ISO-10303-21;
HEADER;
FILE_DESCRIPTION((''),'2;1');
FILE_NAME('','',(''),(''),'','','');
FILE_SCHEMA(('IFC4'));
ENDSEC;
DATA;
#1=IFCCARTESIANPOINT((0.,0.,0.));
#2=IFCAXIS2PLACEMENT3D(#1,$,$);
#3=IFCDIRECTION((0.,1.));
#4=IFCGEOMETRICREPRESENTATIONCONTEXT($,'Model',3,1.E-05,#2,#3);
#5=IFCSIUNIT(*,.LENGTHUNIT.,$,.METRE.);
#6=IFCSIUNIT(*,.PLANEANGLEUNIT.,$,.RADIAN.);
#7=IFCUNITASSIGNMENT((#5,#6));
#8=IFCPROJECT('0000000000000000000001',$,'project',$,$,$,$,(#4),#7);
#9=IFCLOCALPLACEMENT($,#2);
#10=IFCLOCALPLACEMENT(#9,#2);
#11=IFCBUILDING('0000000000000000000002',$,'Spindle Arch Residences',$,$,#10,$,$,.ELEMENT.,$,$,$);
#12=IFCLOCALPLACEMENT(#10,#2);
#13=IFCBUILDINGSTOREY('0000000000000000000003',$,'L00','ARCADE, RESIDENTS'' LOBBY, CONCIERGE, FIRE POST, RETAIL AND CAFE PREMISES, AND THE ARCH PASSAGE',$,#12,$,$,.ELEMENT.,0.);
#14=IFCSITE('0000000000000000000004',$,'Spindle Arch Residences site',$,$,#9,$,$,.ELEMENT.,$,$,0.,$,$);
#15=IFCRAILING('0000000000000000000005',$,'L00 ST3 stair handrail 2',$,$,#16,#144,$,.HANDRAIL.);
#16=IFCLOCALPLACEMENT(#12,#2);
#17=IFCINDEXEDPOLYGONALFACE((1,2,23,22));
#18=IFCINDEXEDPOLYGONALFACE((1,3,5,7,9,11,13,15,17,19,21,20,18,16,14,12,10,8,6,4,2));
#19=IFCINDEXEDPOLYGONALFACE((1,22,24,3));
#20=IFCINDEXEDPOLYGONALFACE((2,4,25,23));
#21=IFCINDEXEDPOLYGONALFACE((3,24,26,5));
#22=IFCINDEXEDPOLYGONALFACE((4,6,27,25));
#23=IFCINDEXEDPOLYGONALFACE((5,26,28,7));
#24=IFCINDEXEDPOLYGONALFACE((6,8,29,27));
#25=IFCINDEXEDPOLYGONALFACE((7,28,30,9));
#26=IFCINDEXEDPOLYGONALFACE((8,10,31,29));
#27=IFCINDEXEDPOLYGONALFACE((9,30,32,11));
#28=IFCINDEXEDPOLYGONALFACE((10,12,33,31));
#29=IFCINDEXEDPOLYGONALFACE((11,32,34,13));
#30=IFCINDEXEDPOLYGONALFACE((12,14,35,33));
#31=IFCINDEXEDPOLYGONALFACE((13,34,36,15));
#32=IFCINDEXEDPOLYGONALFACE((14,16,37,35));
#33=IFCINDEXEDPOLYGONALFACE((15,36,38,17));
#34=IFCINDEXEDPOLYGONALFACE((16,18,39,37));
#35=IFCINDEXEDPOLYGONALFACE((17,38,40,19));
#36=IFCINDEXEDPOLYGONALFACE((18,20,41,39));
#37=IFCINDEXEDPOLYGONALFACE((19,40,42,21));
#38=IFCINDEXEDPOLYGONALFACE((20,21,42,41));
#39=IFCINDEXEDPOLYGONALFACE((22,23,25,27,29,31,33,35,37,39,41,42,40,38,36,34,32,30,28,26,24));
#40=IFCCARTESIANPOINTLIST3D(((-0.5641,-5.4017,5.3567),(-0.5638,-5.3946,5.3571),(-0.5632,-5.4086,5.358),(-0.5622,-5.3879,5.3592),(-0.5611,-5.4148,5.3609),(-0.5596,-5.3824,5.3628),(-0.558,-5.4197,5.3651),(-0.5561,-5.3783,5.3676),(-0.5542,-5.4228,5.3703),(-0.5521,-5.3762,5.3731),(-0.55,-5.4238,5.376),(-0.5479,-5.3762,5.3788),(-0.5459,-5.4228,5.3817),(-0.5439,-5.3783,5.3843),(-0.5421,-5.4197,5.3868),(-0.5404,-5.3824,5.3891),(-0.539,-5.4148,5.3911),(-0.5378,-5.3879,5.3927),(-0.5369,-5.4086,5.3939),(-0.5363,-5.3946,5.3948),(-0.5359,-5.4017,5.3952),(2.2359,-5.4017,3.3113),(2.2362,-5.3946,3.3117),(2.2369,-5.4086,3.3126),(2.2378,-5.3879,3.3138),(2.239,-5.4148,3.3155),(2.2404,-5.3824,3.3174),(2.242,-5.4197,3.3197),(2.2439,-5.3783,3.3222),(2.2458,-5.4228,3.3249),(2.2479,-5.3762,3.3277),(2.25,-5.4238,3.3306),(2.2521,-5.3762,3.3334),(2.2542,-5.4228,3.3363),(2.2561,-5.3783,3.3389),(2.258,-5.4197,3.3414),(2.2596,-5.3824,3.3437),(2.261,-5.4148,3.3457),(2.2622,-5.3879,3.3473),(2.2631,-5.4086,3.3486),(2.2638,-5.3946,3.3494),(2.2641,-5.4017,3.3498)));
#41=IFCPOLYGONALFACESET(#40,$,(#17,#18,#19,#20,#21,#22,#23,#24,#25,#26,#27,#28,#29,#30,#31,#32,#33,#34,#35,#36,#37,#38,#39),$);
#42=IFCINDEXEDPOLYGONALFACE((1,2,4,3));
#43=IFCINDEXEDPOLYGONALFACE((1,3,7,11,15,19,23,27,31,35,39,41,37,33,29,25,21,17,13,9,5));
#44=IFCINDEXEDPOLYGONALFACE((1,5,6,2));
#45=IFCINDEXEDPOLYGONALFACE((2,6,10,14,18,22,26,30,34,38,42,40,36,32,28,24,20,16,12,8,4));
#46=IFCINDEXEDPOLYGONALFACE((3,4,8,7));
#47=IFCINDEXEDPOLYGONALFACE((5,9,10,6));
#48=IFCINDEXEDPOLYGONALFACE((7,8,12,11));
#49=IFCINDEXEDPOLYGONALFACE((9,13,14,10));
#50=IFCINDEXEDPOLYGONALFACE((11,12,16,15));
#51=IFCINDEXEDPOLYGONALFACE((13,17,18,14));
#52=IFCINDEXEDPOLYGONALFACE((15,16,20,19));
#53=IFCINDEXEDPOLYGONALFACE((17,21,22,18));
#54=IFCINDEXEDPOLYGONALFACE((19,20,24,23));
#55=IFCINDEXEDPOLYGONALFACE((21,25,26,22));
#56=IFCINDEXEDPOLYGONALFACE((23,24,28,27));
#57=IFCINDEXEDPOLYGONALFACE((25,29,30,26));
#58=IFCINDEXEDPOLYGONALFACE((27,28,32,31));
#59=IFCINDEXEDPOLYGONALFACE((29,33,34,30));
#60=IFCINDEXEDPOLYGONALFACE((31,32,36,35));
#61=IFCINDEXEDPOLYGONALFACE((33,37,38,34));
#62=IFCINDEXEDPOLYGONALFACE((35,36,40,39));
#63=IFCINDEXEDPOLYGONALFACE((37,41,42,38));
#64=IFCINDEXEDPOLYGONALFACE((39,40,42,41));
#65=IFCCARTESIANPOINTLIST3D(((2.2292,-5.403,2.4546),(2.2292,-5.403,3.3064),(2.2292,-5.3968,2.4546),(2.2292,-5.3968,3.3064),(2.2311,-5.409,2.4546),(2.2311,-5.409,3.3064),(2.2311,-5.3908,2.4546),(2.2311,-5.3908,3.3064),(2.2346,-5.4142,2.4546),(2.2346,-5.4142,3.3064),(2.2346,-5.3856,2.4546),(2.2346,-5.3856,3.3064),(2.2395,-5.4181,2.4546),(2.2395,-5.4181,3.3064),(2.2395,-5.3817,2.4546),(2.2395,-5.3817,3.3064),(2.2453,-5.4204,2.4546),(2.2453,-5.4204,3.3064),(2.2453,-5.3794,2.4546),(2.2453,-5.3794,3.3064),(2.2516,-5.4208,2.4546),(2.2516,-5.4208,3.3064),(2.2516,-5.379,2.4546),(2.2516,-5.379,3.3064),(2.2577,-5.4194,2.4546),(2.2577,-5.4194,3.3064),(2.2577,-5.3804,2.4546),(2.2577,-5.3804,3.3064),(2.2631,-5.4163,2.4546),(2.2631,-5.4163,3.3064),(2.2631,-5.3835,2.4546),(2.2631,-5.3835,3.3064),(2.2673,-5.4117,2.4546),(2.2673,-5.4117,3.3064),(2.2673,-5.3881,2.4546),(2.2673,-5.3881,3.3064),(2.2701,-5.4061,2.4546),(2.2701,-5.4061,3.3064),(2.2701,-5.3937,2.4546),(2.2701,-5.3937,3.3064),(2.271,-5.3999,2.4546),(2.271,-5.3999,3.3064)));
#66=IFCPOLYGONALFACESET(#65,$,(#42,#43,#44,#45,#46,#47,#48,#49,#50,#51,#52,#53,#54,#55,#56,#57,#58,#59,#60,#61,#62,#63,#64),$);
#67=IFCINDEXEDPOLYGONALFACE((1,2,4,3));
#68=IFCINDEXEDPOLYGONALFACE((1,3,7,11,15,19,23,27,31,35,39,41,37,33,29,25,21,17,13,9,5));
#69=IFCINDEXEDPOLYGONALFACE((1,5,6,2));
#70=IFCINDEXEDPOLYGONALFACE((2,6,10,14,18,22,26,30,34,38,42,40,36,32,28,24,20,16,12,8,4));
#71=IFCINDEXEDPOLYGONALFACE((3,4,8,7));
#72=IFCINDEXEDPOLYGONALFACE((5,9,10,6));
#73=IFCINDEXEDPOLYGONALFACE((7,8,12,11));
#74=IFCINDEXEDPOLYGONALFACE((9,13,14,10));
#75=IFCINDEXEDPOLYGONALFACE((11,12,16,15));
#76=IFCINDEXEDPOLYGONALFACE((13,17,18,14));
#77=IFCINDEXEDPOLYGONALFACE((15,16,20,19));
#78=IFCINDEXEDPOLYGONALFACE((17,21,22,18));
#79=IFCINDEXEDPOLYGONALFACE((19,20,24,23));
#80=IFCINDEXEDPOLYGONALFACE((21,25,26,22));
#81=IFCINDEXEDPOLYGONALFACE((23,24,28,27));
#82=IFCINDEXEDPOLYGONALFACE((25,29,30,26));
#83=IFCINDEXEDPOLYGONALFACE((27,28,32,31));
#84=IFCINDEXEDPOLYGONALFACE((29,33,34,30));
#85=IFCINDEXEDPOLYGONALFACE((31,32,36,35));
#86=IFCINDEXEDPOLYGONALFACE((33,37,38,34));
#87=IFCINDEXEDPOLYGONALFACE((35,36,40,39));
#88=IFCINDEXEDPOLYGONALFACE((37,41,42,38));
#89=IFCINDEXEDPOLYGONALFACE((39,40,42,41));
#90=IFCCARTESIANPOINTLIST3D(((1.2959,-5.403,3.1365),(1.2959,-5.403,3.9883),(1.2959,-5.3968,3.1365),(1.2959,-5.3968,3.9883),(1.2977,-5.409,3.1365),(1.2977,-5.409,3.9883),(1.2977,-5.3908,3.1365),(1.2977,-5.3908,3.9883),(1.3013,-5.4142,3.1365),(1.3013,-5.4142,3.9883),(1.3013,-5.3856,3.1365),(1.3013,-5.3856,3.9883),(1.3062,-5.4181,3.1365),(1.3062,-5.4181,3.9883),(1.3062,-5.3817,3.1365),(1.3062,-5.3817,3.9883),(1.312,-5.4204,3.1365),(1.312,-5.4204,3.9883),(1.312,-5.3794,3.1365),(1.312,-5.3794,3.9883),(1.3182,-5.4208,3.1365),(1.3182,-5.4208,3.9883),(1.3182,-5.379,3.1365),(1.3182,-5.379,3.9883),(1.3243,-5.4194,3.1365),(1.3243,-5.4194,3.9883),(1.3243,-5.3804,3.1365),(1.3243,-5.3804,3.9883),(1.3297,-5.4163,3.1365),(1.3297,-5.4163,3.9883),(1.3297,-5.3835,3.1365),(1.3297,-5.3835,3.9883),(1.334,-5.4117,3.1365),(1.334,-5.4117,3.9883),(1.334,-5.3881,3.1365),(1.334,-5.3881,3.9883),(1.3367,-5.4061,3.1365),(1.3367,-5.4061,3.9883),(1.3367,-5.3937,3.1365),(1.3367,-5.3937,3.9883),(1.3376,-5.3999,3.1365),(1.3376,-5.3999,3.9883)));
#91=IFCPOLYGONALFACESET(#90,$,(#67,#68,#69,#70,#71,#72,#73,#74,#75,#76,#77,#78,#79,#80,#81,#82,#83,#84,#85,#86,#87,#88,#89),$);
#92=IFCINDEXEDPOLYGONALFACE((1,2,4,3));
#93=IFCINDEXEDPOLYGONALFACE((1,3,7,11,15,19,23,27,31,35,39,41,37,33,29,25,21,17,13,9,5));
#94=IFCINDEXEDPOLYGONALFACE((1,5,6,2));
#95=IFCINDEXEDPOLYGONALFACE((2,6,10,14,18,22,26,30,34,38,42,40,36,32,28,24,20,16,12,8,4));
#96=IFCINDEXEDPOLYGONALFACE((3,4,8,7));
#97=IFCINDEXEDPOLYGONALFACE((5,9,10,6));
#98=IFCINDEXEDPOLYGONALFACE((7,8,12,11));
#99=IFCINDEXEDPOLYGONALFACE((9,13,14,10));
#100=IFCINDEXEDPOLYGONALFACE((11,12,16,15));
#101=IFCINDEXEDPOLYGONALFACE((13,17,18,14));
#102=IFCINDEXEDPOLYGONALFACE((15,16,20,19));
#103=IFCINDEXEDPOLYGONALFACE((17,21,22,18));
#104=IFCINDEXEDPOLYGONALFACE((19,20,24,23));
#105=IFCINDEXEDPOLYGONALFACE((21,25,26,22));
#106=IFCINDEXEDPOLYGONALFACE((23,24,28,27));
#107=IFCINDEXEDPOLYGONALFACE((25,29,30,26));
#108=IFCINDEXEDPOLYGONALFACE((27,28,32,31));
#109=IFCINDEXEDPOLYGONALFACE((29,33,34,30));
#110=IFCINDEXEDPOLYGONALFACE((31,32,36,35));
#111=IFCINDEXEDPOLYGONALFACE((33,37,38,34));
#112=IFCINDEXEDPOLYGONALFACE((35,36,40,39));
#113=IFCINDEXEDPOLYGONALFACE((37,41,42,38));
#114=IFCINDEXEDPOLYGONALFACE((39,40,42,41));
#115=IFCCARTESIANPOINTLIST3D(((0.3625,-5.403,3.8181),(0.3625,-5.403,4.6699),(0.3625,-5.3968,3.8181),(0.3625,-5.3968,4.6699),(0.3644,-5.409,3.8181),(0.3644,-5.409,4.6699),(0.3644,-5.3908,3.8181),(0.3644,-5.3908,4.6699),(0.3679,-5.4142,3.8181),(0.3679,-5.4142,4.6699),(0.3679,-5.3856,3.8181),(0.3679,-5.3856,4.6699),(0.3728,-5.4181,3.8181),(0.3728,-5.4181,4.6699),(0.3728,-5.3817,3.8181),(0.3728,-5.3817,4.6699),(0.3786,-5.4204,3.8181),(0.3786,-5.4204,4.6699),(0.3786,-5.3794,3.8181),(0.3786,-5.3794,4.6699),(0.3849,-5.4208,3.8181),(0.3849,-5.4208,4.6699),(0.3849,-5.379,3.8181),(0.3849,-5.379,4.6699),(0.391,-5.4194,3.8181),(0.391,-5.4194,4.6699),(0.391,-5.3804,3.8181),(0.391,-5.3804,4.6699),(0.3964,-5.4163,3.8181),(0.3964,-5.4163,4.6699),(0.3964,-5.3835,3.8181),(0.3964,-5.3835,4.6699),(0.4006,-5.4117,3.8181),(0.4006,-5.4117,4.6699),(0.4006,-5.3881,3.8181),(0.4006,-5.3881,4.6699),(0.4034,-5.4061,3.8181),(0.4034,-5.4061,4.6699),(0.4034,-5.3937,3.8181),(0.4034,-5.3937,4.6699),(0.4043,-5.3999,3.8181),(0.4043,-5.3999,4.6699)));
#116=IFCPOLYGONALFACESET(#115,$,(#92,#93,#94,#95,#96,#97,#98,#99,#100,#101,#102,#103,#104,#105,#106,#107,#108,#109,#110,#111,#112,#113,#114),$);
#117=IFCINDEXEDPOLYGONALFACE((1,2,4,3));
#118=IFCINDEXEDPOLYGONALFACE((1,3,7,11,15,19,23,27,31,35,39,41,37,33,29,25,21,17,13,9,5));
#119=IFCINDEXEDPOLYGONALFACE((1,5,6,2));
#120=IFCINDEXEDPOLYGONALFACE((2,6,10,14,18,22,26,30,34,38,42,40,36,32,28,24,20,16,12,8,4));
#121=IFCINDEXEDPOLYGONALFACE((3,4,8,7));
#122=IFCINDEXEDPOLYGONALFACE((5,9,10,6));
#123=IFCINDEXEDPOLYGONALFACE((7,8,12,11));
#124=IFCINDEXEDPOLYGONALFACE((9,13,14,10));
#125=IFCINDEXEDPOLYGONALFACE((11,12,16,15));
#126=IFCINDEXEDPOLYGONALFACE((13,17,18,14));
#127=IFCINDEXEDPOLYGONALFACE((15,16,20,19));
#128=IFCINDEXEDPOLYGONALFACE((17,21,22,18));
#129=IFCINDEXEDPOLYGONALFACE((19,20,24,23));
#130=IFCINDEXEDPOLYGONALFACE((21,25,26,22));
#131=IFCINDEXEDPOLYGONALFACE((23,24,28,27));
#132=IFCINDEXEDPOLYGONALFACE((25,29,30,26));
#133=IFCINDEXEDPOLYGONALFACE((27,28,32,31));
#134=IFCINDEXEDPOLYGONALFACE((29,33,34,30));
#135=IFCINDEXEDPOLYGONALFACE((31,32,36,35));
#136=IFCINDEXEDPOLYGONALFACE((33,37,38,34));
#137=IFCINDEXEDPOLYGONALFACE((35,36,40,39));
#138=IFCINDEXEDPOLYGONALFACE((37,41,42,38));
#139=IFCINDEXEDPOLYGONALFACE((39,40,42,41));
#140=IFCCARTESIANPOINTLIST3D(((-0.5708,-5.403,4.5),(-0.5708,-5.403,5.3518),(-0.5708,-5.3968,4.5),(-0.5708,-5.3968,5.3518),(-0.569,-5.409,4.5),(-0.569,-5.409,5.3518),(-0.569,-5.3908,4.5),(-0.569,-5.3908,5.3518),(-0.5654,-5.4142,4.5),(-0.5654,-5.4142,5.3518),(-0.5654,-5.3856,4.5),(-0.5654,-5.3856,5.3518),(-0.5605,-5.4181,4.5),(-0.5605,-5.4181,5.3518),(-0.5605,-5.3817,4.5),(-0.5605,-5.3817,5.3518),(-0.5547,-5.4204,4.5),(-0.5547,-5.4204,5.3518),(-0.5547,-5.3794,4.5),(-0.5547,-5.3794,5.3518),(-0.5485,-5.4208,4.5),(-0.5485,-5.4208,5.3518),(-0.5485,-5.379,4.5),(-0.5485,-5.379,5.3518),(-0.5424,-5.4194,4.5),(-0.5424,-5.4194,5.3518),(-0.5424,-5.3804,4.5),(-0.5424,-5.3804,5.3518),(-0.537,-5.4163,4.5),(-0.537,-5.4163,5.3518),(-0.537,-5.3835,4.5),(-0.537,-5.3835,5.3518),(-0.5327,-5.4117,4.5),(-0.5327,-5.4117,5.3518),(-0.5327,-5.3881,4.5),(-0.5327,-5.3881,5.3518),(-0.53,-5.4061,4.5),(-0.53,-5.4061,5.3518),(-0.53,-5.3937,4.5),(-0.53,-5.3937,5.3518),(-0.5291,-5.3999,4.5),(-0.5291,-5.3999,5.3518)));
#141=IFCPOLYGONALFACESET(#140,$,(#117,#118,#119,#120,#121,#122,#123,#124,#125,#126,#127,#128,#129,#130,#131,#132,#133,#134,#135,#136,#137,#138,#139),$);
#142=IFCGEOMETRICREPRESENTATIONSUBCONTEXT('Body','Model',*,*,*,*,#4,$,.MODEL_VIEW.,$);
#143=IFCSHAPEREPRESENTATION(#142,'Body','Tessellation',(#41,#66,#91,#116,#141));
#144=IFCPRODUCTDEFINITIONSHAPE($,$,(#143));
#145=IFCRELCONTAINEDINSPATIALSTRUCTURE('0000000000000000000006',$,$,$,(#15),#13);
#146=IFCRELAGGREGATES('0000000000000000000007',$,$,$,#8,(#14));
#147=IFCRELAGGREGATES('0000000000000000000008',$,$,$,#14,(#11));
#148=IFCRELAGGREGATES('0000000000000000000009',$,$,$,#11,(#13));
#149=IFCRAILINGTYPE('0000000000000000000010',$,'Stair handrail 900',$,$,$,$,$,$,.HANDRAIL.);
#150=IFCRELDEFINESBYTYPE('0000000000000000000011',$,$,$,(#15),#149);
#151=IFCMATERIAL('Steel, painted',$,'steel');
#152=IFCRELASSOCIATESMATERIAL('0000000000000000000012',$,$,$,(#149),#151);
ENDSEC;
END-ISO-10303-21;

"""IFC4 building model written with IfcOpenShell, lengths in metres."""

from ifc_helpers import new_model, si_unit, direction, frame, origin, origin_2d, place, context, subcontext, project, spatial, circle, extrude, material, type_object, element, save


model = new_model("IFC4")

# Units and contexts
model_context = context("Model", 3, precision=1e-05, world=origin(), true_north=direction((0.0, 1.0)))
body_context = subcontext(model_context, "Body", "Model", "MODEL_VIEW")
ifc_project = project(units=[si_unit("LENGTHUNIT", "METRE"), si_unit("PLANEANGLEUNIT", "RADIAN")], contexts=[model_context])

# Site, building, storey
site_placement = place(None, origin())
site = spatial("IfcSite", under=ifc_project, at=site_placement, Name="Spindle Arch Residences site", CompositionType="ELEMENT", RefElevation=0.0)
building_placement = place(site_placement, origin())
building = spatial("IfcBuilding", under=site, at=building_placement, Name="Spindle Arch Residences", CompositionType="ELEMENT")
storey_placement = place(building_placement, origin())
storey = spatial("IfcBuildingStorey", under=building, at=storey_placement, Name="L00", Description="ARCADE, RESIDENTS' LOBBY, CONCIERGE, FIRE POST, RETAIL AND CAFE PREMISES, AND THE ARCH PASSAGE", CompositionType="ELEMENT", Elevation=0.0)

# Railing
ifc_material_1 = material(Name="Steel, painted", Category="steel")
railing_type = type_object("IfcRailingType", Name="Stair handrail 900", PredefinedType="HANDRAIL", material=ifc_material_1)
railing_placement = place(storey_placement, frame((2.25, -5.3999, 2.4546)))
element("IfcRailing", 1, at=railing_placement, inside=storey, type_object=railing_type, Name="L00 ST3 stair handrail 2", PredefinedType="HANDRAIL", context=body_context, shape_type="SweptSolid", body=[
    extrude(circle(Radius=0.0239, at=origin_2d()), frame((0.0, 0.0, 0.876), z_axis=(-0.807498, 0.0, 0.58987), x_axis=(0.0, -1.0, 0.0)), (0.0, 0.0, 1.0), 3.4675),
    extrude(circle(Radius=0.021, at=origin_2d()), origin(), (0.0, 0.0, 1.0), 0.8518),
    extrude(circle(Radius=0.021, at=origin_2d()), frame((-0.9333, 0.0, 0.6819)), (0.0, 0.0, 1.0), 0.8518),
    extrude(circle(Radius=0.021, at=origin_2d()), frame((-1.8667, 0.0, 1.3635)), (0.0, 0.0, 1.0), 0.8518),
    extrude(circle(Radius=0.021, at=origin_2d()), frame((-2.8, 0.0, 2.0454)), (0.0, 0.0, 1.0), 0.8518),
])

save(model, "model.ifc")
